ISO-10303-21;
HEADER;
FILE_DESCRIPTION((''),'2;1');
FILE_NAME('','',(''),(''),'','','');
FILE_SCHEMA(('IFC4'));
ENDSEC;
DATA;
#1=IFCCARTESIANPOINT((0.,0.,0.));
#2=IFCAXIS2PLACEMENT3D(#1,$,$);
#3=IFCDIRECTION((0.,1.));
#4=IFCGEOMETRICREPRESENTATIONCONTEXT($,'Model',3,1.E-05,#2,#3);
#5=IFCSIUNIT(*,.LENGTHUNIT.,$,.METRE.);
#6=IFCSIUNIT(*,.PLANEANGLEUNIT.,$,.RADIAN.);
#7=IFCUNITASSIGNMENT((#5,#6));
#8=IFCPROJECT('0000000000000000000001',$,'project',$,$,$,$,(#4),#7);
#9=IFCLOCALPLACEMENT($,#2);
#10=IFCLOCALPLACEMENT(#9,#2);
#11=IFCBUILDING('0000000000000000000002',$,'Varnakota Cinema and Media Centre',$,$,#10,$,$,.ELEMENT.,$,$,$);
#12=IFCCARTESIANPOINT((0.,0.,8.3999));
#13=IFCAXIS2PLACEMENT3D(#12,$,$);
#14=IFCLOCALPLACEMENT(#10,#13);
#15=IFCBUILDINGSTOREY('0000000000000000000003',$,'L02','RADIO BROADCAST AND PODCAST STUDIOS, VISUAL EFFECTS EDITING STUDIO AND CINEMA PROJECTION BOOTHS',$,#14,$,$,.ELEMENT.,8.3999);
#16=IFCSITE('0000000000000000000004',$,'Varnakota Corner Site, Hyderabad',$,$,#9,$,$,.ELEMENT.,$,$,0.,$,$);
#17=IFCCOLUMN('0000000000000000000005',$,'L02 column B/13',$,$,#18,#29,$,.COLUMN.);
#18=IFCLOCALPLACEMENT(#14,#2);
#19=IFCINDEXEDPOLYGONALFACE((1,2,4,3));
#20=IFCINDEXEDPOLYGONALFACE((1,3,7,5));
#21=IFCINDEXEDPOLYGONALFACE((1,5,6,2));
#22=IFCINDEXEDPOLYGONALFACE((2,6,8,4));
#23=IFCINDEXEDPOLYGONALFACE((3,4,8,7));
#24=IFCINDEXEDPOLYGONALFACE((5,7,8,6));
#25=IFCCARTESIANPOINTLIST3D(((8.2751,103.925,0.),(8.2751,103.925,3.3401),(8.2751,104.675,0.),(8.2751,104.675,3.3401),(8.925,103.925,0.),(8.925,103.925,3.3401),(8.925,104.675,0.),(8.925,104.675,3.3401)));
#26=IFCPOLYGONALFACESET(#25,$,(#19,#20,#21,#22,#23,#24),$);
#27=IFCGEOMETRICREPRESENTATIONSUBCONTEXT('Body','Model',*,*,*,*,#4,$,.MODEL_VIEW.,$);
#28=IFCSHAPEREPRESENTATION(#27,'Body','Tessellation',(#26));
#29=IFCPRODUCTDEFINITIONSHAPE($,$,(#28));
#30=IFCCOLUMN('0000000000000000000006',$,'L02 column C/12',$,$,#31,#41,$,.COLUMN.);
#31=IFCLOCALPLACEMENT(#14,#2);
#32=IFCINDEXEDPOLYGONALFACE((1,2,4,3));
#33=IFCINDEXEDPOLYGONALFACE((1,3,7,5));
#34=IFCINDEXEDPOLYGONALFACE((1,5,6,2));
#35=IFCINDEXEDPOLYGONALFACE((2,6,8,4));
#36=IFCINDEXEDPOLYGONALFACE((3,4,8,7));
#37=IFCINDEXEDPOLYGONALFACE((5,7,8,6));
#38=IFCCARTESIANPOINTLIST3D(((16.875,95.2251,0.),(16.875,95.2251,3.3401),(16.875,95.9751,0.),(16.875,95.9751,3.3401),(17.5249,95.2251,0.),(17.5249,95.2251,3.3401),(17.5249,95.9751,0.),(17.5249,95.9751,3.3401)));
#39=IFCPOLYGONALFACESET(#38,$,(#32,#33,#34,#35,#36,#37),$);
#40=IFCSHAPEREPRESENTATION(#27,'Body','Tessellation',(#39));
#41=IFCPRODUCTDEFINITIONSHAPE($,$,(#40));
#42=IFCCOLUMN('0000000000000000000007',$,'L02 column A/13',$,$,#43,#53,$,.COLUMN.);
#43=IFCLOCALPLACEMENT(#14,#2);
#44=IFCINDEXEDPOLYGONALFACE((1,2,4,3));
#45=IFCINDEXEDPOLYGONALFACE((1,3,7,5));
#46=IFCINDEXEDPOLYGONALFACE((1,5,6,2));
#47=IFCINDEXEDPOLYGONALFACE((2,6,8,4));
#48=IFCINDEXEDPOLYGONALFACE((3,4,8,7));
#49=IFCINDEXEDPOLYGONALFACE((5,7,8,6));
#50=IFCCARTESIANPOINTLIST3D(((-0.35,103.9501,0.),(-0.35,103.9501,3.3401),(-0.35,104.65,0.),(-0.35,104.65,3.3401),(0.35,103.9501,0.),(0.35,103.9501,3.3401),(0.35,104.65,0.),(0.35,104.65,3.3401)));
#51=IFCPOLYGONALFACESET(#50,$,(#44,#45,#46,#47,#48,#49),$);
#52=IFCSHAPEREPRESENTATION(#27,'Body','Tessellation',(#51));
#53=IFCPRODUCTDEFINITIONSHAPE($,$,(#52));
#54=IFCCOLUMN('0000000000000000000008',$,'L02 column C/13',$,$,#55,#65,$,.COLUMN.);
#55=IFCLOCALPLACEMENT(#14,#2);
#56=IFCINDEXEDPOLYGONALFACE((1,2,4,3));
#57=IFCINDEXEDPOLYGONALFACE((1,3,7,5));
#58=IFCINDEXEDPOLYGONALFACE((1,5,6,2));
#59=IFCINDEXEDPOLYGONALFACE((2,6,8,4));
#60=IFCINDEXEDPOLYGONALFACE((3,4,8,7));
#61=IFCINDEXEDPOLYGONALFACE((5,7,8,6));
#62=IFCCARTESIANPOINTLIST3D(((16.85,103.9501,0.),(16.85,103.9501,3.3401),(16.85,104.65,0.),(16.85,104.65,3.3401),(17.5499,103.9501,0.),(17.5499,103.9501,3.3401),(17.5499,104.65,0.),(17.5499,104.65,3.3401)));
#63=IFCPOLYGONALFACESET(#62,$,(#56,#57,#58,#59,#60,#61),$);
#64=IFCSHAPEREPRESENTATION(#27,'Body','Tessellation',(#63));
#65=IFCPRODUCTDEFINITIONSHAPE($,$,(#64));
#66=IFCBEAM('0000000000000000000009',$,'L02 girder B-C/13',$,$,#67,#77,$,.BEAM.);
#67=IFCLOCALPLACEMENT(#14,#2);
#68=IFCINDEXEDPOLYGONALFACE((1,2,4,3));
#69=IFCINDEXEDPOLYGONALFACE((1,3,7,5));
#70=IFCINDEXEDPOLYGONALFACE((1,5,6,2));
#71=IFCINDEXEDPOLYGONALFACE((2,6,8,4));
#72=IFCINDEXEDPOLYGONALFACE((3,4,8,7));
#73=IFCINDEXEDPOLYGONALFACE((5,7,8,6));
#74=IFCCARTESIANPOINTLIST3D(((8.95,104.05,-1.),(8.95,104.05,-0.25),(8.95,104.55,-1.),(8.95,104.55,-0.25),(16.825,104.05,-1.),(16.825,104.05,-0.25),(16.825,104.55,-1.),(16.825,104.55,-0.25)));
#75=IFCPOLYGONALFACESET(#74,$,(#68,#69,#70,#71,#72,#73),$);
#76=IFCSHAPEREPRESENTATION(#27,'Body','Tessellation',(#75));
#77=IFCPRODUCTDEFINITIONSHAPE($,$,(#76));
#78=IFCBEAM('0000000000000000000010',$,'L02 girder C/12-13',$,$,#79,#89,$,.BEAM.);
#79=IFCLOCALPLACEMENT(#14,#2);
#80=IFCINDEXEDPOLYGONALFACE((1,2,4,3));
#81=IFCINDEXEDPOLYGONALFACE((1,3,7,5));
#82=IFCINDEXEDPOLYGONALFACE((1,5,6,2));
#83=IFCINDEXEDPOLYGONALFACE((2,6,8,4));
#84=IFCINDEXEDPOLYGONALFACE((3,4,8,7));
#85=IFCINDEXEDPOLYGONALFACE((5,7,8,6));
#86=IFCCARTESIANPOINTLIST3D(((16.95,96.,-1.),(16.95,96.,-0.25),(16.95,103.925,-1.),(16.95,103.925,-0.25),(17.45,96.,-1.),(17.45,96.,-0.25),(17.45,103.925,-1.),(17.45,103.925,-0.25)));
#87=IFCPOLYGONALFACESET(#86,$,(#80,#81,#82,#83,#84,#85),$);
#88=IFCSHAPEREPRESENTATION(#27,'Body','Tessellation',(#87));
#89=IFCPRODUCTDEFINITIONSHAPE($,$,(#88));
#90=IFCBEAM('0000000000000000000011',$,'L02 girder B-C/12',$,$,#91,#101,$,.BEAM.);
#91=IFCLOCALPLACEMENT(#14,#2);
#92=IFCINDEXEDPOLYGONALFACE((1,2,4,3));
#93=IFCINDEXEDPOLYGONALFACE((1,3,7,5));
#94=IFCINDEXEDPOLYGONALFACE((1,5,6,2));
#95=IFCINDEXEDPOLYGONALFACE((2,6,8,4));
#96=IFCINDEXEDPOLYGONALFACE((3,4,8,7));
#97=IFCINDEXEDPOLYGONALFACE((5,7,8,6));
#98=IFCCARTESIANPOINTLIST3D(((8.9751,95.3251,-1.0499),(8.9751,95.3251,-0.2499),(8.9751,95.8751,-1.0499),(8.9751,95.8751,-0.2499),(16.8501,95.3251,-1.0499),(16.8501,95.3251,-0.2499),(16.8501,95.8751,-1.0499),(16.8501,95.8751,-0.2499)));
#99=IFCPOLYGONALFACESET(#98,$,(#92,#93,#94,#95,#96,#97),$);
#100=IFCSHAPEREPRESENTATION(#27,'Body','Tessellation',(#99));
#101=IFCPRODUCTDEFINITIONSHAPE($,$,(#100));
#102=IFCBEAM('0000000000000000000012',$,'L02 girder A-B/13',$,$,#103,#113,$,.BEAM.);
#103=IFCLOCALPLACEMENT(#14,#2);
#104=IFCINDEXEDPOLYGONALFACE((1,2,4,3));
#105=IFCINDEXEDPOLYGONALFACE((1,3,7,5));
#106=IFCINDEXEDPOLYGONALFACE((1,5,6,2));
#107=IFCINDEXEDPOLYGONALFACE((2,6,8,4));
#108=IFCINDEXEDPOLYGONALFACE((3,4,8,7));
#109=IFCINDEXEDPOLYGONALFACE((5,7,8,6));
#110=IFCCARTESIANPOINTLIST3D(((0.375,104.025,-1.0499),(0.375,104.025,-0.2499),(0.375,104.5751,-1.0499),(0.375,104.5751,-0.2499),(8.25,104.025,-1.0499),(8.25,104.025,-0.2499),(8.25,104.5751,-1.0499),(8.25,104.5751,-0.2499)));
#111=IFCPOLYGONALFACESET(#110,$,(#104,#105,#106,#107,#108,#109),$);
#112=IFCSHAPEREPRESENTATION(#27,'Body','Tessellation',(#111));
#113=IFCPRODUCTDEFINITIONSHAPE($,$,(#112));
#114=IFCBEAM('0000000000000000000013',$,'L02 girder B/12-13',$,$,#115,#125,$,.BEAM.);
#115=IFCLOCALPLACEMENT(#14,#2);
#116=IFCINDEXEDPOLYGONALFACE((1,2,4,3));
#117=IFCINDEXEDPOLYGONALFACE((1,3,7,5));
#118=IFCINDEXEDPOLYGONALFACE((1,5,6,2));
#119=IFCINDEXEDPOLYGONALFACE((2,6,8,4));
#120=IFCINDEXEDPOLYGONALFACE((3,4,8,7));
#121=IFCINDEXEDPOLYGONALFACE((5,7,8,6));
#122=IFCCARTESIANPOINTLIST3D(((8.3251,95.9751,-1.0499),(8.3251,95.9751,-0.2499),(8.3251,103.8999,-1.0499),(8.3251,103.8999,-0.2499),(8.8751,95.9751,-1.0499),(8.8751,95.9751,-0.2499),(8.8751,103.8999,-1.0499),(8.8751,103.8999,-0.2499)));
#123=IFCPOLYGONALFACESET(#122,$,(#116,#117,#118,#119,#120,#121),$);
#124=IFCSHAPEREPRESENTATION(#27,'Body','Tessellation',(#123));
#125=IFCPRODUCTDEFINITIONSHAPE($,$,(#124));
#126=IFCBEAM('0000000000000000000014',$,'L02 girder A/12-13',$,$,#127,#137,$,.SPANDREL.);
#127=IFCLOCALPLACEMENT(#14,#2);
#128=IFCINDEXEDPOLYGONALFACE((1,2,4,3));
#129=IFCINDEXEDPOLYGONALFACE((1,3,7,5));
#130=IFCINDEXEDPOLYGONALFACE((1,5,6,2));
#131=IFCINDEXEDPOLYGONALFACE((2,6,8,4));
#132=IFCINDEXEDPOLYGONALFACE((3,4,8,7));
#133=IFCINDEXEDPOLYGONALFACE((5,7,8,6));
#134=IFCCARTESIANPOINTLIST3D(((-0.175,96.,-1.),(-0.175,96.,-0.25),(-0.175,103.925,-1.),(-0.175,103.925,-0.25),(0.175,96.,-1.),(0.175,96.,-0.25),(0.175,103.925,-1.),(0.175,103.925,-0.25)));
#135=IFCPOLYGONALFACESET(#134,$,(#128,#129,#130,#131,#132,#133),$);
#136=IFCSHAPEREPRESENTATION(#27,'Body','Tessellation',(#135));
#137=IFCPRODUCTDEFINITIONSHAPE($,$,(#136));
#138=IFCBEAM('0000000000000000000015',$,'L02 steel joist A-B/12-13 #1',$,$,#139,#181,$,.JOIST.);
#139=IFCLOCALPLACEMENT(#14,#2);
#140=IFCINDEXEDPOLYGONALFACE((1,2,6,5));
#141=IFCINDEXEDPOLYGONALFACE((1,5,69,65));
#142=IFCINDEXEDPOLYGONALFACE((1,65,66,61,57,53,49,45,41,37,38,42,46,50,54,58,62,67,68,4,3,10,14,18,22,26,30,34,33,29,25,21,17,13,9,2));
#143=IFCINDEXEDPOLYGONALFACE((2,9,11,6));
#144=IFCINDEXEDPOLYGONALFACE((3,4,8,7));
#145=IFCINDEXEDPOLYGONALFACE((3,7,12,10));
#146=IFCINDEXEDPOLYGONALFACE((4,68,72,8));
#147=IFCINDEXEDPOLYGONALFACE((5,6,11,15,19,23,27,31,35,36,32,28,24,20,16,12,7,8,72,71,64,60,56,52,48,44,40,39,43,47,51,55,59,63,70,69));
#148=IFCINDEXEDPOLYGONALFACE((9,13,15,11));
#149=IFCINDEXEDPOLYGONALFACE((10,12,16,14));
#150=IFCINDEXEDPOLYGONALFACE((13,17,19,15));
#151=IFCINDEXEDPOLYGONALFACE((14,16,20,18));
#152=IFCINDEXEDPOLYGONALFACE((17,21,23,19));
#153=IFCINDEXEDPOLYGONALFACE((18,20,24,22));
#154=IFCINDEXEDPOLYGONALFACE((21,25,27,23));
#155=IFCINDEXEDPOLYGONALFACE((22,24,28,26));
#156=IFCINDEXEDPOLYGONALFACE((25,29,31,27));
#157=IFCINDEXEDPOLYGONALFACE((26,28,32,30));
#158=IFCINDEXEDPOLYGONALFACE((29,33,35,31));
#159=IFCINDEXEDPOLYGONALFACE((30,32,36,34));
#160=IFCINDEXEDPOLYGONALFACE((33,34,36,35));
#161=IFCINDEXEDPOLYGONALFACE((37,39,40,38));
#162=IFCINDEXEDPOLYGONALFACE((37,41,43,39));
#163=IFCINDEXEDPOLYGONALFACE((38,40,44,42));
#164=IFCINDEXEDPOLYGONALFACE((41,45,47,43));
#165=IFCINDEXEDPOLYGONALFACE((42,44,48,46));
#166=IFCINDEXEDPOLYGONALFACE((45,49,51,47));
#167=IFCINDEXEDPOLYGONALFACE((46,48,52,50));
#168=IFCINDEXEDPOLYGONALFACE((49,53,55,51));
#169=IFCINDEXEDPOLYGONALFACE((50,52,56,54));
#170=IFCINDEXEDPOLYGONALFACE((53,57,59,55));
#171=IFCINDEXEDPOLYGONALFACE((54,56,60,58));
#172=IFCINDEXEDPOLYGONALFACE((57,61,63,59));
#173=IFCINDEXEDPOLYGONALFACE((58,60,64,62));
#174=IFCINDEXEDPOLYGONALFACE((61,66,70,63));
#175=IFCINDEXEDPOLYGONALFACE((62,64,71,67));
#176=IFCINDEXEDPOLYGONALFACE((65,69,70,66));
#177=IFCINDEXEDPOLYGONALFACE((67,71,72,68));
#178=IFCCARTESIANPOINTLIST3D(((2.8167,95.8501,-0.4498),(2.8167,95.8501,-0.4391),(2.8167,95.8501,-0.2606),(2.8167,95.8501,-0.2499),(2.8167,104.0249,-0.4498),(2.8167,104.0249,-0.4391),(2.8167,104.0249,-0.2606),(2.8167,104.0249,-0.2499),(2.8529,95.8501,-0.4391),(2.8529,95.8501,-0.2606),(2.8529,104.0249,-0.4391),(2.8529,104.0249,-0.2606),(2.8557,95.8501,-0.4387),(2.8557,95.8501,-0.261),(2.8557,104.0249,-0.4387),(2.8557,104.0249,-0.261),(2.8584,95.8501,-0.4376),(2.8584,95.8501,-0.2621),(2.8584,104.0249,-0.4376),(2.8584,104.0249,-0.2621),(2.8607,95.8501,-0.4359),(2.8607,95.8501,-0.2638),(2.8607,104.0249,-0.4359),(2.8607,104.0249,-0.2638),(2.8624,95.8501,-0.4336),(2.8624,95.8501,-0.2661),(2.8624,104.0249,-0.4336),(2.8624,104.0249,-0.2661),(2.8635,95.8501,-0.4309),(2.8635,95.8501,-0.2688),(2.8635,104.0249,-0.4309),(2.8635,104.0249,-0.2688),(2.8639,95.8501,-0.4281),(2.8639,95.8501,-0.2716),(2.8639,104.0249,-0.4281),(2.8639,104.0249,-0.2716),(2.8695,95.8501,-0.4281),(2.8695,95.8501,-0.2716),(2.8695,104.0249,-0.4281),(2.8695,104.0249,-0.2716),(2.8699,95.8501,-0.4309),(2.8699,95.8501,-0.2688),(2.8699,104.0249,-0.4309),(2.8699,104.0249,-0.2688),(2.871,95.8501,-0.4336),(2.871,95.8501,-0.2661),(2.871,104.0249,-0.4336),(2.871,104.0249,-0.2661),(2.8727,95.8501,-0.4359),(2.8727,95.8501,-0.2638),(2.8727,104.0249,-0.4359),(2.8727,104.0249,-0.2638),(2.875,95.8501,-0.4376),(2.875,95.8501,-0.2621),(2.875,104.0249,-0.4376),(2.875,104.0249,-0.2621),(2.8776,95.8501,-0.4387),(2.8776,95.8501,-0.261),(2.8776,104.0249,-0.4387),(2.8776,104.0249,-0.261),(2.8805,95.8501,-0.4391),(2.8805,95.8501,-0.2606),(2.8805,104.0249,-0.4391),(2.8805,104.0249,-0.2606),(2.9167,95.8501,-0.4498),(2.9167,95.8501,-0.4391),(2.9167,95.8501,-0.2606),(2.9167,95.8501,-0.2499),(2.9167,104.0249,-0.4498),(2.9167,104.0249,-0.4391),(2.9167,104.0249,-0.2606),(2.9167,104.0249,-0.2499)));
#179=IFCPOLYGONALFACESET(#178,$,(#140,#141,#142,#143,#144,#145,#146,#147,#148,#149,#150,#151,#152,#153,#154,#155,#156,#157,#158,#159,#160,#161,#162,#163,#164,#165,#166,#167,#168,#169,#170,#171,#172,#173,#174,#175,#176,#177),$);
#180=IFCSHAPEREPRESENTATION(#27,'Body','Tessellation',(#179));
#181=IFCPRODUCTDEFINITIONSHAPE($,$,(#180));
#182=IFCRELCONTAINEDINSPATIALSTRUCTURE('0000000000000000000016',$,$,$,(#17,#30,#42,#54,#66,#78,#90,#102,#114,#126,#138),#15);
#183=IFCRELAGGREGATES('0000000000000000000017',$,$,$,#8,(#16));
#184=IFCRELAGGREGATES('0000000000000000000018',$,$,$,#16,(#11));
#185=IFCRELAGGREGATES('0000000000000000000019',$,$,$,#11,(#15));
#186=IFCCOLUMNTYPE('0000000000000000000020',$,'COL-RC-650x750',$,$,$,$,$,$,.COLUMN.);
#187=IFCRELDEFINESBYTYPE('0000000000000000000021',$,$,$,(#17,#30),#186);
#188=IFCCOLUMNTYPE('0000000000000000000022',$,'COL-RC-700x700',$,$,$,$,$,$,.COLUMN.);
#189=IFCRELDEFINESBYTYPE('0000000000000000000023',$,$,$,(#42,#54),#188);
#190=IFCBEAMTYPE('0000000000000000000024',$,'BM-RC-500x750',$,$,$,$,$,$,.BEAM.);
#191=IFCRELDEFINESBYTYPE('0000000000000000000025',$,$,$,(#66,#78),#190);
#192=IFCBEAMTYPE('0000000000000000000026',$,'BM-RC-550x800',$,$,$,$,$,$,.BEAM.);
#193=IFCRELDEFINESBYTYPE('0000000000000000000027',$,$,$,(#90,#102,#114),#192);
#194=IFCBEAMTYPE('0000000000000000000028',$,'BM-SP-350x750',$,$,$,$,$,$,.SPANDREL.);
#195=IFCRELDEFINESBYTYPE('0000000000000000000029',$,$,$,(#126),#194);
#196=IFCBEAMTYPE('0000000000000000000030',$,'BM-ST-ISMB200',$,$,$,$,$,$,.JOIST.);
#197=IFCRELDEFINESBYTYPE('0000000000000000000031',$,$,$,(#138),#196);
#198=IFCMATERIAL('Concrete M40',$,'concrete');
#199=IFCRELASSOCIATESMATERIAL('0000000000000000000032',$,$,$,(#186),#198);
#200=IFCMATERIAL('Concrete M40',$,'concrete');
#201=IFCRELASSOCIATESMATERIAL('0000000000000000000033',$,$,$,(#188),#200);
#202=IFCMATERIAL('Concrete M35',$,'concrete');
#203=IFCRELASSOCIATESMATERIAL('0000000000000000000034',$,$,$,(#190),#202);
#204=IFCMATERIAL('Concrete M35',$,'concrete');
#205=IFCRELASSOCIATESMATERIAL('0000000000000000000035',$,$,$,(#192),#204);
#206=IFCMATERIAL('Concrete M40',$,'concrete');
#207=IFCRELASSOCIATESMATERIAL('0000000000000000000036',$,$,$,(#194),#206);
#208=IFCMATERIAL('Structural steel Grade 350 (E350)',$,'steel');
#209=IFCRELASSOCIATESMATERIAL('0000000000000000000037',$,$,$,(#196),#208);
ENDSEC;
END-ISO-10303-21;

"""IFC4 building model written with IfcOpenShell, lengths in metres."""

from ifc_helpers import new_model, si_unit, direction, frame, origin, origin_2d, place, context, subcontext, project, spatial, rectangle, i_section, extrude, material, material_profile, profile_set, type_object, element, save


model = new_model("IFC4")

# Units and contexts
model_context = context("Model", 3, precision=1e-05, world=origin(), true_north=direction((0.0, 1.0)))
body_context = subcontext(model_context, "Body", "Model", "MODEL_VIEW")
ifc_project = project(units=[si_unit("LENGTHUNIT", "METRE"), si_unit("PLANEANGLEUNIT", "RADIAN")], contexts=[model_context])

# Site, building, storey
site_placement = place(None, origin())
site = spatial("IfcSite", under=ifc_project, at=site_placement, Name="Varnakota Corner Site, Hyderabad", CompositionType="ELEMENT", RefElevation=0.0)
building_placement = place(site_placement, origin())
building = spatial("IfcBuilding", under=site, at=building_placement, Name="Varnakota Cinema and Media Centre", CompositionType="ELEMENT")
storey_placement = place(building_placement, frame((0.0, 0.0, 8.3999)))
storey = spatial("IfcBuildingStorey", under=building, at=storey_placement, Name="L02", Description="RADIO BROADCAST AND PODCAST STUDIOS, VISUAL EFFECTS EDITING STUDIO AND CINEMA PROJECTION BOOTHS", CompositionType="ELEMENT", Elevation=8.3999)

# Columns
ifc_material_1 = material(Name="Concrete M40", Category="concrete")
ifc_material_profile_1 = material_profile(ifc_material_1, rectangle(XDim=0.6499, YDim=0.75, at=origin_2d()), Name="RC 650x750")
ifc_profile_set_1 = profile_set([ifc_material_profile_1], Name="Concrete M40")
column_type_1 = type_object("IfcColumnType", Name="COL-RC-650x750", PredefinedType="COLUMN", material=ifc_profile_set_1)
for number, where, z_axis, x_axis, name in (
    (1, (8.6001, 104.3, 0.0), (0.0, 0.0, 1.0), (1.0, 0.0, 0.0), "L02 column B/13"),
    (2, (17.2, 95.6001, 0.0), (0.0, 0.0, 1.0), (1.0, 0.0, 0.0), "L02 column C/12"),
):
    element("IfcColumn", number, at=place(storey_placement, frame(where, z_axis=z_axis, x_axis=x_axis)), inside=storey, type_object=column_type_1, Name=name, PredefinedType="COLUMN", context=body_context, shape_type="SweptSolid", body=[
        extrude(rectangle(XDim=0.6499, YDim=0.75, at=origin_2d()), origin(), (0.0, 0.0, 1.0), 3.3401),
    ])
ifc_material_2 = material(Name="Concrete M40", Category="concrete")
ifc_material_profile_2 = material_profile(ifc_material_2, rectangle(XDim=0.7, YDim=0.7, at=origin_2d()), Name="RC 700x700")
ifc_profile_set_2 = profile_set([ifc_material_profile_2], Name="Concrete M40")
column_type_2 = type_object("IfcColumnType", Name="COL-RC-700x700", PredefinedType="COLUMN", material=ifc_profile_set_2)
for number, where, z_axis, x_axis, name in (
    (3, (0.0, 104.3, 0.0), (0.0, 0.0, 1.0), (1.0, 0.0, 0.0), "L02 column A/13"),
    (4, (17.2, 104.3, 0.0), (0.0, 0.0, 1.0), (1.0, 0.0, 0.0), "L02 column C/13"),
):
    element("IfcColumn", number, at=place(storey_placement, frame(where, z_axis=z_axis, x_axis=x_axis)), inside=storey, type_object=column_type_2, Name=name, PredefinedType="COLUMN", context=body_context, shape_type="SweptSolid", body=[
        extrude(rectangle(XDim=0.7, YDim=0.7, at=origin_2d()), origin(), (0.0, 0.0, 1.0), 3.3401),
    ])

# Beams
ifc_material_3 = material(Name="Concrete M35", Category="concrete")
ifc_material_profile_3 = material_profile(ifc_material_3, rectangle(XDim=0.5, YDim=0.75, at=origin_2d()), Name="RCB 500x750")
ifc_profile_set_3 = profile_set([ifc_material_profile_3], Name="Concrete M35")
beam_type_1 = type_object("IfcBeamType", Name="BM-RC-500x750", PredefinedType="BEAM", material=ifc_profile_set_3)
beam_1_placement = place(storey_placement, frame((8.95, 104.3, -0.625), z_axis=(1.0, 0.0, 0.0), x_axis=(0.0, 1.0, 0.0)))
element("IfcBeam", 5, at=beam_1_placement, inside=storey, type_object=beam_type_1, Name="L02 girder B-C/13", PredefinedType="BEAM", context=body_context, shape_type="SweptSolid", body=[
    extrude(rectangle(XDim=0.5, YDim=0.75, at=origin_2d()), origin(), (0.0, 0.0, 1.0), 7.875),
])
beam_2_placement = place(storey_placement, frame((17.2, 96.0, -0.625), z_axis=(0.0, 1.0, 0.0), x_axis=(-1.0, 0.0, 0.0)))
element("IfcBeam", 6, at=beam_2_placement, inside=storey, type_object=beam_type_1, Name="L02 girder C/12-13", PredefinedType="BEAM", context=body_context, shape_type="SweptSolid", body=[
    extrude(rectangle(XDim=0.5, YDim=0.75, at=origin_2d()), origin(), (0.0, 0.0, 1.0), 7.925),
])
ifc_material_4 = material(Name="Concrete M35", Category="concrete")
ifc_material_profile_4 = material_profile(ifc_material_4, rectangle(XDim=0.55, YDim=0.8, at=origin_2d()), Name="RCB 550x800")
ifc_profile_set_4 = profile_set([ifc_material_profile_4], Name="Concrete M35")
beam_type_2 = type_object("IfcBeamType", Name="BM-RC-550x800", PredefinedType="BEAM", material=ifc_profile_set_4)
for number, where, z_axis, x_axis, name in (
    (7, (8.9751, 95.6001, -0.6499), (1.0, 0.0, 0.0), (0.0, 1.0, 0.0), "L02 girder B-C/12"),
    (8, (0.375, 104.3, -0.6499), (1.0, 0.0, 0.0), (0.0, 1.0, 0.0), "L02 girder A-B/13"),
):
    element("IfcBeam", number, at=place(storey_placement, frame(where, z_axis=z_axis, x_axis=x_axis)), inside=storey, type_object=beam_type_2, Name=name, PredefinedType="BEAM", context=body_context, shape_type="SweptSolid", body=[
        extrude(rectangle(XDim=0.55, YDim=0.8, at=origin_2d()), origin(), (0.0, 0.0, 1.0), 7.875),
    ])
beam_3_placement = place(storey_placement, frame((8.6001, 95.9751, -0.6499), z_axis=(0.0, 1.0, 0.0), x_axis=(-1.0, 0.0, 0.0)))
element("IfcBeam", 9, at=beam_3_placement, inside=storey, type_object=beam_type_2, Name="L02 girder B/12-13", PredefinedType="BEAM", context=body_context, shape_type="SweptSolid", body=[
    extrude(rectangle(XDim=0.55, YDim=0.8, at=origin_2d()), origin(), (0.0, 0.0, 1.0), 7.9248),
])
ifc_material_5 = material(Name="Concrete M40", Category="concrete")
ifc_material_profile_5 = material_profile(ifc_material_5, rectangle(XDim=0.3501, YDim=0.75, at=origin_2d()), Name="RCB 350x750")
ifc_profile_set_5 = profile_set([ifc_material_profile_5], Name="Concrete M40")
beam_type_3 = type_object("IfcBeamType", Name="BM-SP-350x750", PredefinedType="SPANDREL", material=ifc_profile_set_5)
beam_4_placement = place(storey_placement, frame((0.0, 96.0, -0.625), z_axis=(0.0, 1.0, 0.0), x_axis=(-1.0, 0.0, 0.0)))
element("IfcBeam", 10, at=beam_4_placement, inside=storey, type_object=beam_type_3, Name="L02 girder A/12-13", PredefinedType="SPANDREL", context=body_context, shape_type="SweptSolid", body=[
    extrude(rectangle(XDim=0.3501, YDim=0.75, at=origin_2d()), origin(), (0.0, 0.0, 1.0), 7.925),
])
ifc_material_6 = material(Name="Structural steel Grade 350 (E350)", Category="steel")
ifc_material_profile_6 = material_profile(ifc_material_6, i_section(OverallWidth=0.1001, OverallDepth=0.2, WebThickness=0.0056, FlangeThickness=0.0107, FilletRadius=0.011, at=origin_2d()), Name="ISMB 200")
ifc_profile_set_6 = profile_set([ifc_material_profile_6], Name="Structural steel Grade 350 (E350)")
beam_type_4 = type_object("IfcBeamType", Name="BM-ST-ISMB200", PredefinedType="JOIST", material=ifc_profile_set_6)
for number, where, z_axis, x_axis, name in (
    (11, (2.8667, 95.8501, -0.3499), (0.0, 1.0, 0.0), (-1.0, 0.0, 0.0), "L02 steel joist A-B/12-13 #1"),
):
    element("IfcBeam", number, at=place(storey_placement, frame(where, z_axis=z_axis, x_axis=x_axis)), inside=storey, type_object=beam_type_4, Name=name, PredefinedType="JOIST", context=body_context, shape_type="SweptSolid", body=[
        extrude(i_section(OverallWidth=0.1001, OverallDepth=0.2, WebThickness=0.0056, FlangeThickness=0.0107, FilletRadius=0.011, at=origin_2d()), origin(), (0.0, 0.0, 1.0), 8.1748),
    ])

save(model, "model.ifc")
